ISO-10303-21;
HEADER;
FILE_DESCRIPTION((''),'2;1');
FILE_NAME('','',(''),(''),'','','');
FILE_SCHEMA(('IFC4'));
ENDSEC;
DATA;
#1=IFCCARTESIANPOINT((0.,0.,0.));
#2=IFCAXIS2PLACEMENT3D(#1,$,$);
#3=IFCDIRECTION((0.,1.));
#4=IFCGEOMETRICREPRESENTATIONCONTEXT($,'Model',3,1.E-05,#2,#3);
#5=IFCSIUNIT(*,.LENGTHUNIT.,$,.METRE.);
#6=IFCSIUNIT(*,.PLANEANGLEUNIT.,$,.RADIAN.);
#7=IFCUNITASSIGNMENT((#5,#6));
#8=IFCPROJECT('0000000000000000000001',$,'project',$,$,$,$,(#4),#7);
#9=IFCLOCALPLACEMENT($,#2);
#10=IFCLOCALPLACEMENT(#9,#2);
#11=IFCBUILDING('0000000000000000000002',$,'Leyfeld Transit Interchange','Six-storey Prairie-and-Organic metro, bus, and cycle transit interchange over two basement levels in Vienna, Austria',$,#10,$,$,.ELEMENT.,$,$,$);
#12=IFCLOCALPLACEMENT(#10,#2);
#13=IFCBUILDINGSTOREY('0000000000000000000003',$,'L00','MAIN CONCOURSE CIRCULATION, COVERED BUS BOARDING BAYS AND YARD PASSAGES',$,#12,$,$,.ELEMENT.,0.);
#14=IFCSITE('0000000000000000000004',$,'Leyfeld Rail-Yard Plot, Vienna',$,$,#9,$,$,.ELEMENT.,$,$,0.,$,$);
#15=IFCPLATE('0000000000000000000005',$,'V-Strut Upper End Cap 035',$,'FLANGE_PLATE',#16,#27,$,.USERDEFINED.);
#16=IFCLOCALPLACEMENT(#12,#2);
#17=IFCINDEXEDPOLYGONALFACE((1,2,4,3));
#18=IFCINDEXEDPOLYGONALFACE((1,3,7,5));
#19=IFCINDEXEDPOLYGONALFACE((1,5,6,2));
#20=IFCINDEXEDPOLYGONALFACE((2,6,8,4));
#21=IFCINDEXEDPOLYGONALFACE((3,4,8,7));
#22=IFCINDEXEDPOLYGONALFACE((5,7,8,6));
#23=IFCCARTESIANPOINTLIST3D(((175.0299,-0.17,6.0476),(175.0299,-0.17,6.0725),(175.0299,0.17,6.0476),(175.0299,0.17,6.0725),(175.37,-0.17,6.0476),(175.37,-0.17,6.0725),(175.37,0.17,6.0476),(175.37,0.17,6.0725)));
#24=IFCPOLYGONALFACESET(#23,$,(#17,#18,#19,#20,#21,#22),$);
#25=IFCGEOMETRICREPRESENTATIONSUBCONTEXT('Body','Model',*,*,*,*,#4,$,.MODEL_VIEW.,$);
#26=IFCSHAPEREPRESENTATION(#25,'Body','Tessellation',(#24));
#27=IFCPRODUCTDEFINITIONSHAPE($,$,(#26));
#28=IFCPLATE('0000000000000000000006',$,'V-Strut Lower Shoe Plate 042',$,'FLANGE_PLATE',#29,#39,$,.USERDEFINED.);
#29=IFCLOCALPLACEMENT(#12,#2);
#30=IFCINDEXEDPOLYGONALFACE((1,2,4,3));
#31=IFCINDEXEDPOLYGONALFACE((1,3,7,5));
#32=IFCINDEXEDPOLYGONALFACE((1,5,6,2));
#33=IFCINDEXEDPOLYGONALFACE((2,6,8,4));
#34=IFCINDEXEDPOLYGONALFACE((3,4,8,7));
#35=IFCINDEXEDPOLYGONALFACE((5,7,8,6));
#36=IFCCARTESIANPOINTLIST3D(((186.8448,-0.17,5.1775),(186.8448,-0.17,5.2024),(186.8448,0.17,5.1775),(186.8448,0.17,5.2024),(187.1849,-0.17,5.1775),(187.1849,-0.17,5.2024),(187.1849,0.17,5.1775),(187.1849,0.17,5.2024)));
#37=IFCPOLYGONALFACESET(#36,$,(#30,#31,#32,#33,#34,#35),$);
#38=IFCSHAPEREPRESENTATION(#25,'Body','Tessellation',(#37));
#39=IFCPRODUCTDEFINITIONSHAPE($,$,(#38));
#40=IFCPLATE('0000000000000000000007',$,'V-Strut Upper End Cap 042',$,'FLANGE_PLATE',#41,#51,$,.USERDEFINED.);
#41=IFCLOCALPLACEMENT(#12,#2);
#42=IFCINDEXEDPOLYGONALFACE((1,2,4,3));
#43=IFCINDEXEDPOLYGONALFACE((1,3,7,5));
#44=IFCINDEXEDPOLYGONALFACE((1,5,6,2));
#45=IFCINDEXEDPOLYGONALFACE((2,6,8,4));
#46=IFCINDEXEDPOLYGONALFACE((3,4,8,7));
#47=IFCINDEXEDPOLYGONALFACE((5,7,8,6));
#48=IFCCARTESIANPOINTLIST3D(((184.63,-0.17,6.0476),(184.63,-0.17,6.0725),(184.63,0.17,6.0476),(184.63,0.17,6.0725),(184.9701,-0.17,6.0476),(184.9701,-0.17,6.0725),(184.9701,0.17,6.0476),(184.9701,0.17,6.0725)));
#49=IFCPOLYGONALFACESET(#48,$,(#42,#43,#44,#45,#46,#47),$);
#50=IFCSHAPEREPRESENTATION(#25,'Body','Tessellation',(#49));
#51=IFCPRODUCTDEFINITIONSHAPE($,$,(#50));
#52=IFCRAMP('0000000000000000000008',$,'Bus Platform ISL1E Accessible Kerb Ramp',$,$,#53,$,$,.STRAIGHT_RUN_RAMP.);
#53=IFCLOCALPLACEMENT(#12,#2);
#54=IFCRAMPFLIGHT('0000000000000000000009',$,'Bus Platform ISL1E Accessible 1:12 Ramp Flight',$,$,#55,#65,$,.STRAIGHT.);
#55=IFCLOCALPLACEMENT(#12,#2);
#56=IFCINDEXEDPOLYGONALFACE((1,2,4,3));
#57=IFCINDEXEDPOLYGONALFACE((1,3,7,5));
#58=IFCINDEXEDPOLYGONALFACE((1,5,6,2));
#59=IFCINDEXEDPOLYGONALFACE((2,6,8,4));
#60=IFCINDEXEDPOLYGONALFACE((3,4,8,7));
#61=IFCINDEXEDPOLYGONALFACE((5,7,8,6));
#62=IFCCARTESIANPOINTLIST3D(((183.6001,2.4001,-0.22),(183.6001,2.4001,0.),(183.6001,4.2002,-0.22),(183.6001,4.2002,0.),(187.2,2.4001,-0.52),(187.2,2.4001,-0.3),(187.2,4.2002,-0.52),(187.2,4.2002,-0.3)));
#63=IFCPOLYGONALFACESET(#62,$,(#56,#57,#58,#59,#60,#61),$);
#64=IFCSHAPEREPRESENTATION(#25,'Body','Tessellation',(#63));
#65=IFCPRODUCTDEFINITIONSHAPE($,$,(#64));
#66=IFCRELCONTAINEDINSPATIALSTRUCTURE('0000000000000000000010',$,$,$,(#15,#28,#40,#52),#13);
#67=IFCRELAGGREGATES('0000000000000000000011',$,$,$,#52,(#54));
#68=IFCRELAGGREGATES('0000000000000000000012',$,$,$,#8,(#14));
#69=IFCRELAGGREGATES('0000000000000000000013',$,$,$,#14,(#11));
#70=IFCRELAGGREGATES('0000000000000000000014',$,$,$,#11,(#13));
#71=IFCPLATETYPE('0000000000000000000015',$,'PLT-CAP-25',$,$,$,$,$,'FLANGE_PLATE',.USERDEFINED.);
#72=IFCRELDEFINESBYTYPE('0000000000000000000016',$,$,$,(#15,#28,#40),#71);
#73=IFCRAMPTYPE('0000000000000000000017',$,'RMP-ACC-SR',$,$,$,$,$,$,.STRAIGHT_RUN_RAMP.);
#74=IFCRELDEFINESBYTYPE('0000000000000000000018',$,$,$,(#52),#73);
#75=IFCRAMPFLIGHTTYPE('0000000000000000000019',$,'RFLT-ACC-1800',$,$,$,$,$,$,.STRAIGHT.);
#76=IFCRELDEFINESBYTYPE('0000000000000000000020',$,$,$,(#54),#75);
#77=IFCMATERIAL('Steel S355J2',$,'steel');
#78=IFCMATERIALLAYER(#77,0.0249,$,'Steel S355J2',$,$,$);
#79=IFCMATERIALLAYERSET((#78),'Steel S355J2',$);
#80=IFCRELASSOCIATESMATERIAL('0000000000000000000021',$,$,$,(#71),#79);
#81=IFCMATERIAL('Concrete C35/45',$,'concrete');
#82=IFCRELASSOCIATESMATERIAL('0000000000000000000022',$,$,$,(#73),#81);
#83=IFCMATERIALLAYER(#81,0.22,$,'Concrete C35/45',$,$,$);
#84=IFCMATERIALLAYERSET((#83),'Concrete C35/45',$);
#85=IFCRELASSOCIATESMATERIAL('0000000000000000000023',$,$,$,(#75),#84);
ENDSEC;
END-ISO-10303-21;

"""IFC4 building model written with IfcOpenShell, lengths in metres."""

from ifc_helpers import new_model, si_unit, direction, frame, origin, origin_2d, place, context, subcontext, project, spatial, polyline, rectangle, outline, extrude, material, layer, layer_set, type_object, element, aggregate, save


model = new_model("IFC4")

# Units and contexts
model_context = context("Model", 3, precision=1e-05, world=origin(), true_north=direction((0.0, 1.0)))
body_context = subcontext(model_context, "Body", "Model", "MODEL_VIEW")
ifc_project = project(units=[si_unit("LENGTHUNIT", "METRE"), si_unit("PLANEANGLEUNIT", "RADIAN")], contexts=[model_context])

# Site, building, storey
site_placement = place(None, origin())
site = spatial("IfcSite", under=ifc_project, at=site_placement, Name="Leyfeld Rail-Yard Plot, Vienna", CompositionType="ELEMENT", RefElevation=0.0)
building_placement = place(site_placement, origin())
building = spatial("IfcBuilding", under=site, at=building_placement, Name="Leyfeld Transit Interchange", Description="Six-storey Prairie-and-Organic metro, bus, and cycle transit interchange over two basement levels in Vienna, Austria", CompositionType="ELEMENT")
storey_placement = place(building_placement, origin())
storey = spatial("IfcBuildingStorey", under=building, at=storey_placement, Name="L00", Description="MAIN CONCOURSE CIRCULATION, COVERED BUS BOARDING BAYS AND YARD PASSAGES", CompositionType="ELEMENT", Elevation=0.0)

# Shared definitions
ifc_material_1 = material(Name="Concrete C35/45", Category="concrete")

# Shared definitions
ifc_material_2 = material(Name="Steel S355J2", Category="steel")

# Plates
ifc_layer_1 = layer(ifc_material_2, 0.0249, Name="Steel S355J2")
ifc_layer_set_1 = layer_set([ifc_layer_1], Name="Steel S355J2")
plate_type_1 = type_object("IfcPlateType", Name="PLT-CAP-25", ElementType="FLANGE_PLATE", PredefinedType="USERDEFINED", material=ifc_layer_set_1)
for number, where, z_axis, x_axis, name in (
    (1, (175.2, 0.0, 6.0476), (0.0, 0.0, 1.0), (1.0, 0.0, 0.0), "V-Strut Upper End Cap 035"),
    (2, (187.0149, 0.0, 5.1775), (0.0, 0.0, 1.0), (1.0, 0.0, 0.0), "V-Strut Lower Shoe Plate 042"),
    (3, (184.8, 0.0, 6.0476), (0.0, 0.0, 1.0), (1.0, 0.0, 0.0), "V-Strut Upper End Cap 042"),
):
    element("IfcPlate", number, at=place(storey_placement, frame(where, z_axis=z_axis, x_axis=x_axis)), inside=storey, type_object=plate_type_1, Name=name, ObjectType="FLANGE_PLATE", PredefinedType="USERDEFINED", context=body_context, shape_type="SweptSolid", body=[
        extrude(rectangle(XDim=0.3401, YDim=0.3401, at=origin_2d()), origin(), (0.0, 0.0, 1.0), 0.0249),
    ])

# Ramp, ramp flight
ramp_type = type_object("IfcRampType", Name="RMP-ACC-SR", PredefinedType="STRAIGHT_RUN_RAMP", material=ifc_material_1)
ramp_placement = place(storey_placement, origin())
ramp = element("IfcRamp", 4, at=ramp_placement, inside=storey, type_object=ramp_type, Name="Bus Platform ISL1E Accessible Kerb Ramp", PredefinedType="STRAIGHT_RUN_RAMP")
ifc_layer_2 = layer(ifc_material_1, 0.22, Name="Concrete C35/45")
ifc_layer_set_2 = layer_set([ifc_layer_2], Name="Concrete C35/45")
ramp_flight_type = type_object("IfcRampFlightType", Name="RFLT-ACC-1800", PredefinedType="STRAIGHT", material=ifc_layer_set_2)
ramp_flight_placement = place(storey_placement, frame((187.2, 3.3, -0.3), z_axis=(0.0, 0.0, 1.0), x_axis=(-1.0, 0.0, 0.0)))
ramp_flight = element("IfcRampFlight", 5, at=ramp_flight_placement, type_object=ramp_flight_type, Name="Bus Platform ISL1E Accessible 1:12 Ramp Flight", PredefinedType="STRAIGHT", context=body_context, shape_type="SweptSolid", body=[
    extrude(outline(polyline([(0.0, 0.0), (3.5999, 0.3), (3.5999, 0.0801), (0.0, -0.22), (0.0, 0.0)])), frame((0.0, 0.8999, 0.0), z_axis=(0.0, -1.0, 0.0), x_axis=(1.0, 0.0, 0.0)), (0.0, 0.0, 1.0), 1.8),
])
aggregate(ramp, [ramp_flight])

save(model, "model.ifc")
